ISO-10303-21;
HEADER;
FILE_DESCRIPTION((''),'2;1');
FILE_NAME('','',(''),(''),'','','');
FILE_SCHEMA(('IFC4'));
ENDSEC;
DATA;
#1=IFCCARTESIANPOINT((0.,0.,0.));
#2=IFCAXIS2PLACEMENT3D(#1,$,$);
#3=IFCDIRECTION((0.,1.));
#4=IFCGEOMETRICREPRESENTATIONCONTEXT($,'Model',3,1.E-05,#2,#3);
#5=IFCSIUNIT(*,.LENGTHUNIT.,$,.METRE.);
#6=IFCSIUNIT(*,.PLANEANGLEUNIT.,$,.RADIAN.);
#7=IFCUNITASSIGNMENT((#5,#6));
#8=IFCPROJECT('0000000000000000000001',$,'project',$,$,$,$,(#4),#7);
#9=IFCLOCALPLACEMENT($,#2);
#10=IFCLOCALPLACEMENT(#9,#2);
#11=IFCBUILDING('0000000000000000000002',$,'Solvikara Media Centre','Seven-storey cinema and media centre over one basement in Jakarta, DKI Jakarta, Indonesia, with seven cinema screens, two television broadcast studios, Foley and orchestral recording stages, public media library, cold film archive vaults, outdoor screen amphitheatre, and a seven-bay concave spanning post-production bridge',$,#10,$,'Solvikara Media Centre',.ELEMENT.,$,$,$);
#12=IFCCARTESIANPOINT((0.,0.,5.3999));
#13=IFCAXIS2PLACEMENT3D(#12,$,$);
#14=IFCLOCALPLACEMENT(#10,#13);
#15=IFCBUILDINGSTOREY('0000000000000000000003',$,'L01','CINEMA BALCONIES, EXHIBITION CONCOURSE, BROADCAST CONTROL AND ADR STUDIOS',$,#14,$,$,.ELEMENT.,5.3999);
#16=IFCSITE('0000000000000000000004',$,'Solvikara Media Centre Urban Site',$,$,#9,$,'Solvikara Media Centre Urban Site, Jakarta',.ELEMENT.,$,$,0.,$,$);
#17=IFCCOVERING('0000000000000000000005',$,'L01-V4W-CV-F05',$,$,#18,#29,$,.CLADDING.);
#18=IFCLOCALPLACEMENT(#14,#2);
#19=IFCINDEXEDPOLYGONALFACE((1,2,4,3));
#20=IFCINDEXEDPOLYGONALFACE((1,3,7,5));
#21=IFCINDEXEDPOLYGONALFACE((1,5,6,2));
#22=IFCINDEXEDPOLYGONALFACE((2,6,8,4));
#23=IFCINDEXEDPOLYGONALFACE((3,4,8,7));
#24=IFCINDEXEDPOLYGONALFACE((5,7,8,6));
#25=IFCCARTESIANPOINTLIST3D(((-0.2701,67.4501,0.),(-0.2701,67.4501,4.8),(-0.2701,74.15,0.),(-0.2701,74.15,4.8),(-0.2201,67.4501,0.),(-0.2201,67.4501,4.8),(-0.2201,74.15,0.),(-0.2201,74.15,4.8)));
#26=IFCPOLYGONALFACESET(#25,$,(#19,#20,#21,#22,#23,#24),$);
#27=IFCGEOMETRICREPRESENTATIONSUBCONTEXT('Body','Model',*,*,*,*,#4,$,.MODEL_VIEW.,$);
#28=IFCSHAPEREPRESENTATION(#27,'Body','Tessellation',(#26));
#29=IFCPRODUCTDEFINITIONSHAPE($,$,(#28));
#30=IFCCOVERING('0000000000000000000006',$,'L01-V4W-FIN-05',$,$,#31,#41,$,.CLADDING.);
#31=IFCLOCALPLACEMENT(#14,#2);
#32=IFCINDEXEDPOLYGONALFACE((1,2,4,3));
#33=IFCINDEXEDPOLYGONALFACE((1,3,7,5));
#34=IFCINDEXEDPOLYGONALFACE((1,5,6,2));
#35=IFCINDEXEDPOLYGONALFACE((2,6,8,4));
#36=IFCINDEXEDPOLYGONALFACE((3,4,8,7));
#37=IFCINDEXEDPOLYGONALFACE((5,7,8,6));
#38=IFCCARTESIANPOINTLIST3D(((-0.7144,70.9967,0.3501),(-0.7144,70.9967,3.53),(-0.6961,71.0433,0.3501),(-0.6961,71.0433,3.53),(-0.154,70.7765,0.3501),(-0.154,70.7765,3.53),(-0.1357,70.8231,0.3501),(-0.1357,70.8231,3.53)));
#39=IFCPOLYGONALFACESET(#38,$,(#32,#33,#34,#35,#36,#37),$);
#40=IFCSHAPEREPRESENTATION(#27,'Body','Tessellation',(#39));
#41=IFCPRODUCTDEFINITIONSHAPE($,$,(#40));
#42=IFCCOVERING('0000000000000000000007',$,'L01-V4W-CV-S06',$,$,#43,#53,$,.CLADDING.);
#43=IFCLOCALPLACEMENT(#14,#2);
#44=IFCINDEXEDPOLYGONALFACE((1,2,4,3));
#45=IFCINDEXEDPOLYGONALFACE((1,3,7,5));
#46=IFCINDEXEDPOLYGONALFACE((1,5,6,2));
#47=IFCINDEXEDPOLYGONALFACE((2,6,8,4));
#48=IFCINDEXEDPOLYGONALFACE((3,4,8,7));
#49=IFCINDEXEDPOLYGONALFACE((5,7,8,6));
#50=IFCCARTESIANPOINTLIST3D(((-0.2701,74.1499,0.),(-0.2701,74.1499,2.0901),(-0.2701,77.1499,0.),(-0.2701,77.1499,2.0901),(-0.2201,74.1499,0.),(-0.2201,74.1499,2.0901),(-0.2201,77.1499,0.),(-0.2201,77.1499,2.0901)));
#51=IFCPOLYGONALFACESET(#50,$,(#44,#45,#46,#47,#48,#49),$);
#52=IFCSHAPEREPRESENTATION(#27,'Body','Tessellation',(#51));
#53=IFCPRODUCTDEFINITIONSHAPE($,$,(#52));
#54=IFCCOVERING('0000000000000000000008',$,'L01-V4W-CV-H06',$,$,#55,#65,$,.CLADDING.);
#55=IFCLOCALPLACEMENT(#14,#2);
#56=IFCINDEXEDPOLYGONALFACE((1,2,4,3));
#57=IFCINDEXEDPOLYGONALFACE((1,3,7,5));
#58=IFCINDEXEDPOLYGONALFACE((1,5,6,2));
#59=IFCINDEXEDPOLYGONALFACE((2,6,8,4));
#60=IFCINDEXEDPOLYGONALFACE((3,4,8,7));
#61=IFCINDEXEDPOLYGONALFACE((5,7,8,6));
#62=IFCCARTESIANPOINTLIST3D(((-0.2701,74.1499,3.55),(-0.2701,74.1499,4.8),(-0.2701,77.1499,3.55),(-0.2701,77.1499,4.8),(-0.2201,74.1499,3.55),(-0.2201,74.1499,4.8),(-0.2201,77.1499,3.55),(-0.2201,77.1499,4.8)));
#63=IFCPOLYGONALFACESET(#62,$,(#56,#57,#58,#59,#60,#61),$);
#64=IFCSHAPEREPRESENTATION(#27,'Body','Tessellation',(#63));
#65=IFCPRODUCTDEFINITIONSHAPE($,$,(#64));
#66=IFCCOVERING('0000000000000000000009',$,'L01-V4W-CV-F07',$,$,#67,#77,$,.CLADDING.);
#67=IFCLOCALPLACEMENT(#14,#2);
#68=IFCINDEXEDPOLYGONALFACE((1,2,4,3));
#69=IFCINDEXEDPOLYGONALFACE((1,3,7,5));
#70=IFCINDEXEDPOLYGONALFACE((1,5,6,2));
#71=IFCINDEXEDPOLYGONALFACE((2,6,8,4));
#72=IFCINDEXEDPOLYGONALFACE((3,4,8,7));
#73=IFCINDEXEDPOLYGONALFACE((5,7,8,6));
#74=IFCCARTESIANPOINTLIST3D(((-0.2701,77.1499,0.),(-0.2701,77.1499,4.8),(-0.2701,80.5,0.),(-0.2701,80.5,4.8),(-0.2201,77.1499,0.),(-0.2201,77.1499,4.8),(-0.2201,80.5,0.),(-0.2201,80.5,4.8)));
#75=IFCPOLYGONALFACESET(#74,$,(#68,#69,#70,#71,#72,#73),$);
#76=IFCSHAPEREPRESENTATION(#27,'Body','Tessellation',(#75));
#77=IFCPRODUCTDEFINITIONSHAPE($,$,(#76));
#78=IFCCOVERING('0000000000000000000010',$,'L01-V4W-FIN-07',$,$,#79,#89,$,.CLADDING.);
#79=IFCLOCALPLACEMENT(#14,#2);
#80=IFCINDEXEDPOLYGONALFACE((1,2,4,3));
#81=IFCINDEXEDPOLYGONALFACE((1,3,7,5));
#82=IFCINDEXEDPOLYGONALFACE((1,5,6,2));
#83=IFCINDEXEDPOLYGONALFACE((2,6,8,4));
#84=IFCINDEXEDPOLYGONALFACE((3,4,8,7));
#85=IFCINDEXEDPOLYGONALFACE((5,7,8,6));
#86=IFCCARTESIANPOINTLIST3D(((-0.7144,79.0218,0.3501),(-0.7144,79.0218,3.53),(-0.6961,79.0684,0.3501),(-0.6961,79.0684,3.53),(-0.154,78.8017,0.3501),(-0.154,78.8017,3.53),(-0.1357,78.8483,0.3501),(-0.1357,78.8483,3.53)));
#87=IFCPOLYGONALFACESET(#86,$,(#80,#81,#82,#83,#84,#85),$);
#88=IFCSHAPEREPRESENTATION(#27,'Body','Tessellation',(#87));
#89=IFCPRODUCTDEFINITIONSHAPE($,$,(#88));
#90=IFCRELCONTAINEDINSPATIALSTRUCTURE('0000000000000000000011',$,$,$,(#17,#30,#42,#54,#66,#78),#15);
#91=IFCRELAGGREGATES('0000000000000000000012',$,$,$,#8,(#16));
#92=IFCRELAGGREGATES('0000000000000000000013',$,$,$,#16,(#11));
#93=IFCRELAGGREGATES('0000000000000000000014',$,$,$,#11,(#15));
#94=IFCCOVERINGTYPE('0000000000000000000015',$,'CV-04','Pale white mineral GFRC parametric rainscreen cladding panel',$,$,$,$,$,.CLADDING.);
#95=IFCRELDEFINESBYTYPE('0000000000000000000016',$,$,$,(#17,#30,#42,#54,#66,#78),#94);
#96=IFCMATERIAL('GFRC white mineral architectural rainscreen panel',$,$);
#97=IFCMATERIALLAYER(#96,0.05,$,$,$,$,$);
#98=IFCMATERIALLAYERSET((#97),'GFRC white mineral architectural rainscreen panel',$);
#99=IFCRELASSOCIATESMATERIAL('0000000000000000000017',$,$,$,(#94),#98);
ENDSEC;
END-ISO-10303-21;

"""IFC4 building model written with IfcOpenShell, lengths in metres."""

from ifc_helpers import new_model, si_unit, direction, frame, origin, origin_2d, place, context, subcontext, project, spatial, rectangle, extrude, material, layer, layer_set, type_object, element, save


model = new_model("IFC4")

# Units and contexts
model_context = context("Model", 3, precision=1e-05, world=origin(), true_north=direction((0.0, 1.0)))
body_context = subcontext(model_context, "Body", "Model", "MODEL_VIEW")
ifc_project = project(units=[si_unit("LENGTHUNIT", "METRE"), si_unit("PLANEANGLEUNIT", "RADIAN")], contexts=[model_context])

# Site, building, storey
site_placement = place(None, origin())
site = spatial("IfcSite", under=ifc_project, at=site_placement, Name="Solvikara Media Centre Urban Site", LongName="Solvikara Media Centre Urban Site, Jakarta", CompositionType="ELEMENT", RefElevation=0.0)
building_placement = place(site_placement, origin())
building = spatial("IfcBuilding", under=site, at=building_placement, Name="Solvikara Media Centre", Description="Seven-storey cinema and media centre over one basement in Jakarta, DKI Jakarta, Indonesia, with seven cinema screens, two television broadcast studios, Foley and orchestral recording stages, public media library, cold film archive vaults, outdoor screen amphitheatre, and a seven-bay concave spanning post-production bridge", LongName="Solvikara Media Centre", CompositionType="ELEMENT")
storey_placement = place(building_placement, frame((0.0, 0.0, 5.3999)))
storey = spatial("IfcBuildingStorey", under=building, at=storey_placement, Name="L01", Description="CINEMA BALCONIES, EXHIBITION CONCOURSE, BROADCAST CONTROL AND ADR STUDIOS", CompositionType="ELEMENT", Elevation=5.3999)

# Coverings
ifc_material_1 = material(Name="GFRC white mineral architectural rainscreen panel")
ifc_layer_1 = layer(ifc_material_1, 0.05)
ifc_layer_set_1 = layer_set([ifc_layer_1], Name="GFRC white mineral architectural rainscreen panel")
covering_type = type_object("IfcCoveringType", Name="CV-04", Description="Pale white mineral GFRC parametric rainscreen cladding panel", PredefinedType="CLADDING", material=ifc_layer_set_1)
covering_1_placement = place(storey_placement, frame((-0.2451, 70.8, 0.0), z_axis=(0.0, 0.0, 1.0), x_axis=(0.0, 1.0, 0.0)))
element("IfcCovering", 1, at=covering_1_placement, inside=storey, type_object=covering_type, Name="L01-V4W-CV-F05", PredefinedType="CLADDING", context=body_context, shape_type="SweptSolid", body=[
    extrude(rectangle(XDim=6.7, YDim=0.05, at=origin_2d()), origin(), (0.0, 0.0, 1.0), 4.8),
])
covering_2_placement = place(storey_placement, frame((-0.425, 70.9099, 0.3501), z_axis=(0.0, 0.0, 1.0), x_axis=(-0.93075, 0.365657, 0.0)))
element("IfcCovering", 2, at=covering_2_placement, inside=storey, type_object=covering_type, Name="L01-V4W-FIN-05", PredefinedType="CLADDING", context=body_context, shape_type="SweptSolid", body=[
    extrude(rectangle(XDim=0.6021, YDim=0.05, at=origin_2d()), origin(), (0.0, 0.0, 1.0), 3.1799),
])
covering_3_placement = place(storey_placement, frame((-0.2451, 75.6499, 0.0), z_axis=(0.0, 0.0, 1.0), x_axis=(0.0, 1.0, 0.0)))
element("IfcCovering", 3, at=covering_3_placement, inside=storey, type_object=covering_type, Name="L01-V4W-CV-S06", PredefinedType="CLADDING", context=body_context, shape_type="SweptSolid", body=[
    extrude(rectangle(XDim=3.0, YDim=0.05, at=origin_2d()), origin(), (0.0, 0.0, 1.0), 2.0901),
])
covering_4_placement = place(storey_placement, frame((-0.2451, 75.6499, 3.55), z_axis=(0.0, 0.0, 1.0), x_axis=(0.0, 1.0, 0.0)))
element("IfcCovering", 4, at=covering_4_placement, inside=storey, type_object=covering_type, Name="L01-V4W-CV-H06", PredefinedType="CLADDING", context=body_context, shape_type="SweptSolid", body=[
    extrude(rectangle(XDim=3.0, YDim=0.05, at=origin_2d()), origin(), (0.0, 0.0, 1.0), 1.25),
])
covering_5_placement = place(storey_placement, frame((-0.2451, 78.825, 0.0), z_axis=(0.0, 0.0, 1.0), x_axis=(0.0, 1.0, 0.0)))
element("IfcCovering", 5, at=covering_5_placement, inside=storey, type_object=covering_type, Name="L01-V4W-CV-F07", PredefinedType="CLADDING", context=body_context, shape_type="SweptSolid", body=[
    extrude(rectangle(XDim=3.3501, YDim=0.05, at=origin_2d()), origin(), (0.0, 0.0, 1.0), 4.8),
])
covering_6_placement = place(storey_placement, frame((-0.425, 78.9351, 0.3501), z_axis=(0.0, 0.0, 1.0), x_axis=(-0.93075, 0.365657, 0.0)))
element("IfcCovering", 6, at=covering_6_placement, inside=storey, type_object=covering_type, Name="L01-V4W-FIN-07", PredefinedType="CLADDING", context=body_context, shape_type="SweptSolid", body=[
    extrude(rectangle(XDim=0.6021, YDim=0.05, at=origin_2d()), origin(), (0.0, 0.0, 1.0), 3.1799),
])

save(model, "model.ifc")
